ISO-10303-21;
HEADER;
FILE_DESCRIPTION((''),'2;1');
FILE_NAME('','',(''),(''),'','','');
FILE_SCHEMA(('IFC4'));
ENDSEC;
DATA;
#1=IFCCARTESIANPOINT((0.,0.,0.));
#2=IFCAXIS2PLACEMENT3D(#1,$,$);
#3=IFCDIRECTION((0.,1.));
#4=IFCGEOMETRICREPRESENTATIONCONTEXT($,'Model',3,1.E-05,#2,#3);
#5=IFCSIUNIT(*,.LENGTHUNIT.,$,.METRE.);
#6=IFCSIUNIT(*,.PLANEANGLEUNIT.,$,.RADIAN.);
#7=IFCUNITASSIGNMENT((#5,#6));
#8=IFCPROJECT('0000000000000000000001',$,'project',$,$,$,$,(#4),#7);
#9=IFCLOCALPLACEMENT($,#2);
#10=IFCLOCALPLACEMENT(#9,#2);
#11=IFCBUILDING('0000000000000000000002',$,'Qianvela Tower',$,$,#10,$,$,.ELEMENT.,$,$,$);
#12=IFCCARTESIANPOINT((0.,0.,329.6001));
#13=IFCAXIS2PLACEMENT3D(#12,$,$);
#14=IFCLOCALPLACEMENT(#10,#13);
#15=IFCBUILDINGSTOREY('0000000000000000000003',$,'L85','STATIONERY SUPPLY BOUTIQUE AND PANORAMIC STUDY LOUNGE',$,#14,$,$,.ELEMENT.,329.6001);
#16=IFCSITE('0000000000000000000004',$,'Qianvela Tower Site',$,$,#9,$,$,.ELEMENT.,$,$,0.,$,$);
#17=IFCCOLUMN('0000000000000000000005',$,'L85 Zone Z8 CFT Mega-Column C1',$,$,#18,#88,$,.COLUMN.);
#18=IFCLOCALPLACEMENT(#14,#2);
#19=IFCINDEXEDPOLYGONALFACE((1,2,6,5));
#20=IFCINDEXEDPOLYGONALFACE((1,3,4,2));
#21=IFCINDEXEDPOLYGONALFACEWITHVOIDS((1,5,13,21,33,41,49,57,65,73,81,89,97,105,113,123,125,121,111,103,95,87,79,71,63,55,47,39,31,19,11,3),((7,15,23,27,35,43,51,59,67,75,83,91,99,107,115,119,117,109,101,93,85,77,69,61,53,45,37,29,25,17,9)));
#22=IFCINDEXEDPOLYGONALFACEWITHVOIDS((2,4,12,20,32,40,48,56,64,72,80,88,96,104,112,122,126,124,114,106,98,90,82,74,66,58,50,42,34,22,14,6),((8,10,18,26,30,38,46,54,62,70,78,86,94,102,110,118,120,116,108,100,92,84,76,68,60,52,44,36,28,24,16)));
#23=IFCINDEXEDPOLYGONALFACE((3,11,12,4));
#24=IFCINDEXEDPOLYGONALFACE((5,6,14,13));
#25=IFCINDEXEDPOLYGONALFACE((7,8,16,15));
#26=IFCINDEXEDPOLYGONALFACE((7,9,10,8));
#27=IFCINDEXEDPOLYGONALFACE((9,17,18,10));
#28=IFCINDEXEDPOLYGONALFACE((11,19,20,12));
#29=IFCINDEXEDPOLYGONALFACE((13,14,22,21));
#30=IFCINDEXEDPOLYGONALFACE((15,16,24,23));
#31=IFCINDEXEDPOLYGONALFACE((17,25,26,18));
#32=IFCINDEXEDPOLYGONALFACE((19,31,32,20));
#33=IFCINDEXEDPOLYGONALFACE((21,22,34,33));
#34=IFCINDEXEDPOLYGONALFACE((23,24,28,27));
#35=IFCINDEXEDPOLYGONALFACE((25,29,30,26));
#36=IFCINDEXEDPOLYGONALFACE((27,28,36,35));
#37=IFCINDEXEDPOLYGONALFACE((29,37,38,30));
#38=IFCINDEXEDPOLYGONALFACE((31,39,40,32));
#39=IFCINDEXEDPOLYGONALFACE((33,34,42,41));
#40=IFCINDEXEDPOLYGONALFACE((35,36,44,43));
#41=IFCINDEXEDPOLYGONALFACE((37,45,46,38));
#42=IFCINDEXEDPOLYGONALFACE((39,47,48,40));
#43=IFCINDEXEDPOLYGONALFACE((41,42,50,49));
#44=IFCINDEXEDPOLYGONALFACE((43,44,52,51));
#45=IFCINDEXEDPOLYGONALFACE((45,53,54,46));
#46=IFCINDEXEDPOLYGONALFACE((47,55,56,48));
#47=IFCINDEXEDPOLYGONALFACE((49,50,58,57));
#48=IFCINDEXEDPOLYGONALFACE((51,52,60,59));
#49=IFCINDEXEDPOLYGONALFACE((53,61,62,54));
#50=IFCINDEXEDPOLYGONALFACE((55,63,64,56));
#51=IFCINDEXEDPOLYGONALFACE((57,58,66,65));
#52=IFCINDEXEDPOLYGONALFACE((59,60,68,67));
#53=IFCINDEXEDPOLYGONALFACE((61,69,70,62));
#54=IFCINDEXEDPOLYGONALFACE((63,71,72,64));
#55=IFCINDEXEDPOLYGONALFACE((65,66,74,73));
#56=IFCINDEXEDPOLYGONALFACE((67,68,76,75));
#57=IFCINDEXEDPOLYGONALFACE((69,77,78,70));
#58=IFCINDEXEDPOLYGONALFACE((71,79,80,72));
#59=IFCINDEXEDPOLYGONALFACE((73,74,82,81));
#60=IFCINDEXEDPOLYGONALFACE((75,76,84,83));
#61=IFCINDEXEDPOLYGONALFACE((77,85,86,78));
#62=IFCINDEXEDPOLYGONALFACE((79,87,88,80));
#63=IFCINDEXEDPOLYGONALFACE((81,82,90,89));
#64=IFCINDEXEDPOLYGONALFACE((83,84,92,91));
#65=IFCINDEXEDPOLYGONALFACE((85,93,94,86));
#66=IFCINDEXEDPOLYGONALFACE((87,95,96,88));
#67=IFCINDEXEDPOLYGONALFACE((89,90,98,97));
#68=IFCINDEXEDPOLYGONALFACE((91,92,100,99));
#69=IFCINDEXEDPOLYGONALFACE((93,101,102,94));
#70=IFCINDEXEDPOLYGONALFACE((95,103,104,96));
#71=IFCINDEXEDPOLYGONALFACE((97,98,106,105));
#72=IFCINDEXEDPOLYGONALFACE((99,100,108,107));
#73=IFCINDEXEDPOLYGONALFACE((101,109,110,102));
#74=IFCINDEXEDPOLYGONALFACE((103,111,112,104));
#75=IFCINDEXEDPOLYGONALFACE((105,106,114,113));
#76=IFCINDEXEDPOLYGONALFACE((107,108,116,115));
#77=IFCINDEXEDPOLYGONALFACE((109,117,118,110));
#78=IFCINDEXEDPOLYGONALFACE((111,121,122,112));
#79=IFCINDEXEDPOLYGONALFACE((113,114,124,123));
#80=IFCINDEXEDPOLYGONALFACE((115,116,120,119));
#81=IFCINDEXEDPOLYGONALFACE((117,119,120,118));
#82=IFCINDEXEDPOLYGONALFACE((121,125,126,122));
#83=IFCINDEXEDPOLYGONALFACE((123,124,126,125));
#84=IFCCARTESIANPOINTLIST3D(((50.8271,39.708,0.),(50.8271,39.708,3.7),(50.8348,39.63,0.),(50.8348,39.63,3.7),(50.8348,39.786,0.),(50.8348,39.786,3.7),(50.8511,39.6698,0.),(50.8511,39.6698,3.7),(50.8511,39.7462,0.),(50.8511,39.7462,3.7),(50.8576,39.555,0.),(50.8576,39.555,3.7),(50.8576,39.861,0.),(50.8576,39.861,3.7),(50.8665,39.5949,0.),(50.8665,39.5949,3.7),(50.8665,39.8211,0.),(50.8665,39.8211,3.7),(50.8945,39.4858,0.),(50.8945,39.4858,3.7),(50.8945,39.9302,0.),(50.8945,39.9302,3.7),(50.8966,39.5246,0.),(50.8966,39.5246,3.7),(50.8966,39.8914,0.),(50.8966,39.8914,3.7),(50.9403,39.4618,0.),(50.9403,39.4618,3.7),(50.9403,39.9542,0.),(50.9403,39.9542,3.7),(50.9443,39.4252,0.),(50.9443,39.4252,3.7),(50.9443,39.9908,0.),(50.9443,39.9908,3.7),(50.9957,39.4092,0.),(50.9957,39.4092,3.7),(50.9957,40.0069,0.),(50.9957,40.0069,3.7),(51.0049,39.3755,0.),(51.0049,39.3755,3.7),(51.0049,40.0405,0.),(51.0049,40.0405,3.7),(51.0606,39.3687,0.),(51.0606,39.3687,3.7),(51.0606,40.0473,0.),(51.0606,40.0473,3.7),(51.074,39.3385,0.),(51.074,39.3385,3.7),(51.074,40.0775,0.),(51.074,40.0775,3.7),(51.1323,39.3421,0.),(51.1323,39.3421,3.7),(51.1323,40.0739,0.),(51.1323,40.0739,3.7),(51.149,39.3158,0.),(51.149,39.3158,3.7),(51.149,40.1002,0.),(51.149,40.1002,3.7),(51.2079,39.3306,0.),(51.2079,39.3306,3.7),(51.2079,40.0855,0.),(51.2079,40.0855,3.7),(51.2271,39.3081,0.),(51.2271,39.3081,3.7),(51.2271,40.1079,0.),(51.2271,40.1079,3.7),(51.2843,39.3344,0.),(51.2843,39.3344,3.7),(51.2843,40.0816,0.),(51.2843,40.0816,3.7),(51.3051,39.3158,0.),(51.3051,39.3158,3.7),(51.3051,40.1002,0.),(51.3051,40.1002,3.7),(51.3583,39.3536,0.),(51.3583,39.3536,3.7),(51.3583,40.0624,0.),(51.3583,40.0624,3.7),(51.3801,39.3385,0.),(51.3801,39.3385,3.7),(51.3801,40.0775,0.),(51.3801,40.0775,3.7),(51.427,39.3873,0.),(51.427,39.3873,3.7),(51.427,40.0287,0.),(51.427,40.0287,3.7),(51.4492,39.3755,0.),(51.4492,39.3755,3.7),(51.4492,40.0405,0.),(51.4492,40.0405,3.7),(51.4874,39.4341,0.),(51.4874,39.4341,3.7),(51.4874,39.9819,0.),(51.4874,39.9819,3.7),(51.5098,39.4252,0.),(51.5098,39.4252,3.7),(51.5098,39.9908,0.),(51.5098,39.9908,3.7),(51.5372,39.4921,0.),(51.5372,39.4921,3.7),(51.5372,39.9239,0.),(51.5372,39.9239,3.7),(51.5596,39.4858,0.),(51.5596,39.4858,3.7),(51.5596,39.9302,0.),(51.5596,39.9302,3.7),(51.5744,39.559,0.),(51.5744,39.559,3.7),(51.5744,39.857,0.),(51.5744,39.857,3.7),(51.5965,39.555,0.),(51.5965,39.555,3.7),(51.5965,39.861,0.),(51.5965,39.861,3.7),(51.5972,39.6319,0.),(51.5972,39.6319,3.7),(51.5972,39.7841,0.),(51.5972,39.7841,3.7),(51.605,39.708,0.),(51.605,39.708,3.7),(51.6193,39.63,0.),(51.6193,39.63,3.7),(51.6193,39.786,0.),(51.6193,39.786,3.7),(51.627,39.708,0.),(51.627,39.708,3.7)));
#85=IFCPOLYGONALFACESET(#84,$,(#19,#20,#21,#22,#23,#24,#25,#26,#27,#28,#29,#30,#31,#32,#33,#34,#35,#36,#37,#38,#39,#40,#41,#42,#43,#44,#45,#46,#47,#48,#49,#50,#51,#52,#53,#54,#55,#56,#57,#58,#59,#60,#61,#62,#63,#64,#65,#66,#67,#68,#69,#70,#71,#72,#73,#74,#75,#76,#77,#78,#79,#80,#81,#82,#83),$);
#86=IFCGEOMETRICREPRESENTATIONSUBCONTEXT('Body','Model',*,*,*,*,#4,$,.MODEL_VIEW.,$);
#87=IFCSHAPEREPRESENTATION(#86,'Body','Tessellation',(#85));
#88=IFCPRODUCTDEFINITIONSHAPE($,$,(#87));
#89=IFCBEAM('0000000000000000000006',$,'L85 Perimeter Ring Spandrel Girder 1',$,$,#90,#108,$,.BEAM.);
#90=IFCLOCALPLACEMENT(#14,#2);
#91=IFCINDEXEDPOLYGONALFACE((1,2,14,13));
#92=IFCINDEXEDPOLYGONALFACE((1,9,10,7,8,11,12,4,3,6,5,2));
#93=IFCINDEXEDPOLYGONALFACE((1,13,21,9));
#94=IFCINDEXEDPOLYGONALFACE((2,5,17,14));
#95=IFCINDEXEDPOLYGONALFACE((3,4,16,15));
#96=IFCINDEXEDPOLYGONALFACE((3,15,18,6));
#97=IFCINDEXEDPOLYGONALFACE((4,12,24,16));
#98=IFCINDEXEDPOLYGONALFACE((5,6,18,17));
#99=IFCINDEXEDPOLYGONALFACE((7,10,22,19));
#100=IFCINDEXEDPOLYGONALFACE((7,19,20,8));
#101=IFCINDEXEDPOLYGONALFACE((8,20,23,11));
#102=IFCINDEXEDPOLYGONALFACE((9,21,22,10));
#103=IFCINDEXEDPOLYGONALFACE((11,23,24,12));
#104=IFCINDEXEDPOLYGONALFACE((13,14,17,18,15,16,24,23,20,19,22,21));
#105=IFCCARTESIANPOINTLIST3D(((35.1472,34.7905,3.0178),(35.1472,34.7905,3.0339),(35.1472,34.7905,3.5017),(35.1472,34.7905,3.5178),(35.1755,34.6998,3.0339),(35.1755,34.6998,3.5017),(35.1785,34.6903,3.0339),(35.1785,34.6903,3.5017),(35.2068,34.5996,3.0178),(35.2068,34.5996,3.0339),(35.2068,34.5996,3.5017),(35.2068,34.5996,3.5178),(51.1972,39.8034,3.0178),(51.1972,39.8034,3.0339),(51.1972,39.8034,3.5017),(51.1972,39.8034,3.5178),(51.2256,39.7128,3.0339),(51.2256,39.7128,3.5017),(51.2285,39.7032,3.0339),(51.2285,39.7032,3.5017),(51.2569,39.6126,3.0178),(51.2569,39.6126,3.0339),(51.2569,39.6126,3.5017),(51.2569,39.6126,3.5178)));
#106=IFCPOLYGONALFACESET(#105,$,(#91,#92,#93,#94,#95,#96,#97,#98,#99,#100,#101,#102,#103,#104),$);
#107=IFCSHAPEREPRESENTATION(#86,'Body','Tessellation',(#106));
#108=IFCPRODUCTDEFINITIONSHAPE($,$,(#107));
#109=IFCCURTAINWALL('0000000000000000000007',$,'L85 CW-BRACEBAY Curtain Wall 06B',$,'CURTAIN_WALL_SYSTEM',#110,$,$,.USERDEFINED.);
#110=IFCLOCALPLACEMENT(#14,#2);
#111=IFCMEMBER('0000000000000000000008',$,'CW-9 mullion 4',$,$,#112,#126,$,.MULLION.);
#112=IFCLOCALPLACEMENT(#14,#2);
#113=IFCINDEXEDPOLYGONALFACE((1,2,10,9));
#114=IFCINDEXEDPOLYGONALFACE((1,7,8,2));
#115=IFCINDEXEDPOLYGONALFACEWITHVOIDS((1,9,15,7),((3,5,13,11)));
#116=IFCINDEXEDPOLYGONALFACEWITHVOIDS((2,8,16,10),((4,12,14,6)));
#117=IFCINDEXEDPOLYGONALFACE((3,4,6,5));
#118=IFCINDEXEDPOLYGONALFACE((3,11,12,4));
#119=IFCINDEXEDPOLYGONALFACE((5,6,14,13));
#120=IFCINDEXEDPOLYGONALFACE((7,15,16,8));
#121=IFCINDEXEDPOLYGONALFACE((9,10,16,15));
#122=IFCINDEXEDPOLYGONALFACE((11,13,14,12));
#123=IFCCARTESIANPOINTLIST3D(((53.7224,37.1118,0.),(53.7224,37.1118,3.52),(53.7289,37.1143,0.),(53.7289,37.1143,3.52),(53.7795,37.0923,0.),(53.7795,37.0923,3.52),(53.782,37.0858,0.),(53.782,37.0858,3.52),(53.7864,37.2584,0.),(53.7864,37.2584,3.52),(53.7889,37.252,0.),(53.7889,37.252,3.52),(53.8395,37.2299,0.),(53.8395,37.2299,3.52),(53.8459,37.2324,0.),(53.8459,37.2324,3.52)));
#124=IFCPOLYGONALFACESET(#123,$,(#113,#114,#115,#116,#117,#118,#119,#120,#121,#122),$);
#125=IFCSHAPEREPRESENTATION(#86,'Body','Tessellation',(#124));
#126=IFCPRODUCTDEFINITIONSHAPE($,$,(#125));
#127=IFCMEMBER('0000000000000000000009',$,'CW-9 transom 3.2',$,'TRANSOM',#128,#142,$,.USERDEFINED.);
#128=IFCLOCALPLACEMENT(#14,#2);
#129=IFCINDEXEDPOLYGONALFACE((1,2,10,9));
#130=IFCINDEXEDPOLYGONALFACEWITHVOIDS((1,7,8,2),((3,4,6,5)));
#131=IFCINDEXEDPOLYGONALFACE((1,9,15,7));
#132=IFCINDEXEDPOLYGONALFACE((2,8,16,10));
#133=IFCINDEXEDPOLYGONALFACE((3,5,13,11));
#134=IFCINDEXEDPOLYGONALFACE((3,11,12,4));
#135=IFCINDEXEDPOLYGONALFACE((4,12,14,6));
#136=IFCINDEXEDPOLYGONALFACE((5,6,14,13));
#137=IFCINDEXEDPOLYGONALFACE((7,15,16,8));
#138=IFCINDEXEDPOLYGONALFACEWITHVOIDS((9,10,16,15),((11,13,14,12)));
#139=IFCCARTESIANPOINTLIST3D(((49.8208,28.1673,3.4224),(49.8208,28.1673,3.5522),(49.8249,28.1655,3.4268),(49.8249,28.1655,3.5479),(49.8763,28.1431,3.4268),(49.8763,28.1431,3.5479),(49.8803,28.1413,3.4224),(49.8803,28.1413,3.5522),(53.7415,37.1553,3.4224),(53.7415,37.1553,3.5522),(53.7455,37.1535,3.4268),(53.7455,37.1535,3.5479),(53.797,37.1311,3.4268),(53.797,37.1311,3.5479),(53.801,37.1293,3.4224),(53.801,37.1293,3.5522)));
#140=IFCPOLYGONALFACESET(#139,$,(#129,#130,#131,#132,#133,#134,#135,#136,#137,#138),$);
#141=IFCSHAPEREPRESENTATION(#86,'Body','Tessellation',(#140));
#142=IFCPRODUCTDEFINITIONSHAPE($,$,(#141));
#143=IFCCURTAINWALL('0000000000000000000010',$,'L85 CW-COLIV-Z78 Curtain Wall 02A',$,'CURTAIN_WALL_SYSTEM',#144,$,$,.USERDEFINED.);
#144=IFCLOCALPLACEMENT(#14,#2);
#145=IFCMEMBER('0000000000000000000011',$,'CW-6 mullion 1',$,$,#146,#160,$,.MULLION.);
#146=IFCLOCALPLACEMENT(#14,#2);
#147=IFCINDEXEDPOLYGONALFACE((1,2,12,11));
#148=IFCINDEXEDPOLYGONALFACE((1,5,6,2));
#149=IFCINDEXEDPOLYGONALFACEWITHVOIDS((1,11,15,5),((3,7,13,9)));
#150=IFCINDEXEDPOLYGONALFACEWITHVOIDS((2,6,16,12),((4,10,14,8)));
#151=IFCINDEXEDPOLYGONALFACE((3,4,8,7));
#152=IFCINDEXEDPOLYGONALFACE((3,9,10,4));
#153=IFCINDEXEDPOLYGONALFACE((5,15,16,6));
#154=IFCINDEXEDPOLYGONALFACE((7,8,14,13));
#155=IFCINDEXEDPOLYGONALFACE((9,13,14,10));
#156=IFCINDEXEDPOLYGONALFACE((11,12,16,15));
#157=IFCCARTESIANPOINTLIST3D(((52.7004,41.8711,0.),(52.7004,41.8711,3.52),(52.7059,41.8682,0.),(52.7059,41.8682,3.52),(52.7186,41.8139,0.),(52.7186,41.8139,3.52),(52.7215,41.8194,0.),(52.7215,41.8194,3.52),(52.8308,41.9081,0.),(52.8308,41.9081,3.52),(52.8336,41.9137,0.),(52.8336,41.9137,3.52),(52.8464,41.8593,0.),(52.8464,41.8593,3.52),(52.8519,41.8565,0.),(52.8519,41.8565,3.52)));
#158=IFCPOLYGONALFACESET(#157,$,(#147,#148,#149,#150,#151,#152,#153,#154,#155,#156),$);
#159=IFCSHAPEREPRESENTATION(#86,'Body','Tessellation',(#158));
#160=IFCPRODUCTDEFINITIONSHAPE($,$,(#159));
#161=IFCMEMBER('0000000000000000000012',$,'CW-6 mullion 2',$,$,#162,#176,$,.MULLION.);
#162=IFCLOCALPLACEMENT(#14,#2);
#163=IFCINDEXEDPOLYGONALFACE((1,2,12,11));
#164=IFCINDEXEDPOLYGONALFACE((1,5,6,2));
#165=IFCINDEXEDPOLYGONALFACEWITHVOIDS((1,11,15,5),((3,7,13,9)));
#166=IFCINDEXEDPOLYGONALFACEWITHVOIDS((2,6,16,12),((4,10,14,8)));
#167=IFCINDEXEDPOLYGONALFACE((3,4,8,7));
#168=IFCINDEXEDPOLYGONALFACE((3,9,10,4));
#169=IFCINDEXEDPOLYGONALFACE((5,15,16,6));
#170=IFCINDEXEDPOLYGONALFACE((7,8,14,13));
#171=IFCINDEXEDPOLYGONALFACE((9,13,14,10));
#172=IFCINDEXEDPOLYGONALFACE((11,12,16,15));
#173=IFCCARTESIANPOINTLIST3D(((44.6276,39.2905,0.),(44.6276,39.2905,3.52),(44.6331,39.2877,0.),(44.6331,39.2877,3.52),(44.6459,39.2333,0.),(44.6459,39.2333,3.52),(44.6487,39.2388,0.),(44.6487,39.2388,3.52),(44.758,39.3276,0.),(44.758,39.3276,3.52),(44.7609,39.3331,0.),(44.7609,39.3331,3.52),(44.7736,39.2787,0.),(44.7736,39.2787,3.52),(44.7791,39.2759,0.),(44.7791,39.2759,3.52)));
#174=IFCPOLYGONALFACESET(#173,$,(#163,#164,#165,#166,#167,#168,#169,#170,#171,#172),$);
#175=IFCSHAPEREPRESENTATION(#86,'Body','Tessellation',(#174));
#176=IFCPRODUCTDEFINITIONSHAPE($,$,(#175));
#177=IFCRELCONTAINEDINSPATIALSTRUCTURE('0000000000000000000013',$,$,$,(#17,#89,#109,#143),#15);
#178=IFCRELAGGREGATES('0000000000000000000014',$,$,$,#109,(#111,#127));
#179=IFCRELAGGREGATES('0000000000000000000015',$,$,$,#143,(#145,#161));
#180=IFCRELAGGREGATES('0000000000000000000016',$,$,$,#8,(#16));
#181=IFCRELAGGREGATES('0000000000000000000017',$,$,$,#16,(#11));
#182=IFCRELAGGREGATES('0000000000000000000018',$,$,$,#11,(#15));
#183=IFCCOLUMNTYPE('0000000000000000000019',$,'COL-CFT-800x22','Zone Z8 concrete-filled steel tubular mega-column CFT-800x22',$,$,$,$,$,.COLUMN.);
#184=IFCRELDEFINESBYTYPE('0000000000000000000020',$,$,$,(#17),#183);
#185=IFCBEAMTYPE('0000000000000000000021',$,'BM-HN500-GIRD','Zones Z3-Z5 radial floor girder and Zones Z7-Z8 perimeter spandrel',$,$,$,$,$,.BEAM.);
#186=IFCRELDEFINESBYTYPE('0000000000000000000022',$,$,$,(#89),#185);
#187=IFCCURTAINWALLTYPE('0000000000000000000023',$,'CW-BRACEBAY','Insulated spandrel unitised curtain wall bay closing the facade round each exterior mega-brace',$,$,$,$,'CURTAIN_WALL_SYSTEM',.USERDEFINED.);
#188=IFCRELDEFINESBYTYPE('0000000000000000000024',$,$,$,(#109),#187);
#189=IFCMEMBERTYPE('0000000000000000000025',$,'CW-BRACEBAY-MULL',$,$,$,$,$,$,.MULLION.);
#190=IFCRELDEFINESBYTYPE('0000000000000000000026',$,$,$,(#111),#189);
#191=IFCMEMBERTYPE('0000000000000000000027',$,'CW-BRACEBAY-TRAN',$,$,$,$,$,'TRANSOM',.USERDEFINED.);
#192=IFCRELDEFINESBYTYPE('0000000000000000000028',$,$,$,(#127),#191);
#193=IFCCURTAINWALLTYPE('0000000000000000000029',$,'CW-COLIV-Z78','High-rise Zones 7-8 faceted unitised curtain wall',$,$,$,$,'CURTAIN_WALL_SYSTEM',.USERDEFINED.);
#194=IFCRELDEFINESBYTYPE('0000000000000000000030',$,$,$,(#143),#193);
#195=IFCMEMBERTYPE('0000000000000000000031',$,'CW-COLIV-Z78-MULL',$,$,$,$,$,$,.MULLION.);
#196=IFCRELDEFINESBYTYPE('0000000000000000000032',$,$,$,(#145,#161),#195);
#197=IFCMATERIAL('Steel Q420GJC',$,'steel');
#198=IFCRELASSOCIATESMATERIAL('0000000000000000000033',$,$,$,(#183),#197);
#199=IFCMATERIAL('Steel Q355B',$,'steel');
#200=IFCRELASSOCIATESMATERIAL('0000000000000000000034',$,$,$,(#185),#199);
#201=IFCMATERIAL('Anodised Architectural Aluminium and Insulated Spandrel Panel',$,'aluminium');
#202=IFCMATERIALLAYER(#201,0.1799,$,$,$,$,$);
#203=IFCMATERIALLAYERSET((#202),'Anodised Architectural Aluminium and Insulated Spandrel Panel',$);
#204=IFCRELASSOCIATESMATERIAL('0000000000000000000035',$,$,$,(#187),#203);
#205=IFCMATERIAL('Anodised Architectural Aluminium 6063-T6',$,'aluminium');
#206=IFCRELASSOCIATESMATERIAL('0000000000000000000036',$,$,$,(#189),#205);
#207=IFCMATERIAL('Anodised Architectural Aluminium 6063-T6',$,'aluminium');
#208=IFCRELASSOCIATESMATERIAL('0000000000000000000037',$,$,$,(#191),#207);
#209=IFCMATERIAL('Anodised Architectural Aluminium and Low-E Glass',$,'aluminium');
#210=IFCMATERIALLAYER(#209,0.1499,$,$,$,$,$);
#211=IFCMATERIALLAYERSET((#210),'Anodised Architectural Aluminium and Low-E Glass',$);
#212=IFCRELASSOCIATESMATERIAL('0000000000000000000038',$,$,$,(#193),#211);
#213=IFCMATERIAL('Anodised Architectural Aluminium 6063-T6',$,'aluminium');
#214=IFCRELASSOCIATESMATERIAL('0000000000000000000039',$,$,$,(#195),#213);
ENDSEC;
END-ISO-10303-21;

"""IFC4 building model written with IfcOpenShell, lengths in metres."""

from ifc_helpers import new_model, si_unit, direction, frame, origin, origin_2d, place, context, subcontext, project, spatial, hollow_rectangle, hollow_circle, i_section, extrude, material, layer, layer_set, material_profile, profile_set, type_object, element, aggregate, save


model = new_model("IFC4")

# Units and contexts
model_context = context("Model", 3, precision=1e-05, world=origin(), true_north=direction((0.0, 1.0)))
body_context = subcontext(model_context, "Body", "Model", "MODEL_VIEW")
ifc_project = project(units=[si_unit("LENGTHUNIT", "METRE"), si_unit("PLANEANGLEUNIT", "RADIAN")], contexts=[model_context])

# Site, building, storey
site_placement = place(None, origin())
site = spatial("IfcSite", under=ifc_project, at=site_placement, Name="Qianvela Tower Site", CompositionType="ELEMENT", RefElevation=0.0)
building_placement = place(site_placement, origin())
building = spatial("IfcBuilding", under=site, at=building_placement, Name="Qianvela Tower", CompositionType="ELEMENT")
storey_placement = place(building_placement, frame((0.0, 0.0, 329.6001)))
storey = spatial("IfcBuildingStorey", under=building, at=storey_placement, Name="L85", Description="STATIONERY SUPPLY BOUTIQUE AND PANORAMIC STUDY LOUNGE", CompositionType="ELEMENT", Elevation=329.6001)

# Column
ifc_material_1 = material(Name="Steel Q420GJC", Category="steel")
ifc_material_profile_1 = material_profile(ifc_material_1, hollow_circle(Radius=0.3999, WallThickness=0.022, at=origin_2d()), Name="CFT-800x22")
ifc_profile_set_1 = profile_set([ifc_material_profile_1], Name="Steel Q420GJC")
column_type = type_object("IfcColumnType", Name="COL-CFT-800x22", Description="Zone Z8 concrete-filled steel tubular mega-column CFT-800x22", PredefinedType="COLUMN", material=ifc_profile_set_1)
column_placement = place(storey_placement, frame((51.2271, 39.708, 0.0), z_axis=(0.0, 0.0, 1.0), x_axis=(1.0, 0.0, 0.0)))
element("IfcColumn", 1, at=column_placement, inside=storey, type_object=column_type, Name="L85 Zone Z8 CFT Mega-Column C1", PredefinedType="COLUMN", context=body_context, shape_type="SweptSolid", body=[
    extrude(hollow_circle(Radius=0.3999, WallThickness=0.022, at=origin_2d()), origin(), (0.0, 0.0, 1.0), 3.7),
])

# Beam
ifc_material_2 = material(Name="Steel Q355B", Category="steel")
ifc_material_profile_2 = material_profile(ifc_material_2, i_section(OverallWidth=0.2, OverallDepth=0.5, WebThickness=0.01, FlangeThickness=0.0161, at=origin_2d()), Name="HN500x200x10x16")
ifc_profile_set_2 = profile_set([ifc_material_profile_2], Name="Steel Q355B")
beam_type = type_object("IfcBeamType", Name="BM-HN500-GIRD", Description="Zones Z3-Z5 radial floor girder and Zones Z7-Z8 perimeter spandrel", PredefinedType="BEAM", material=ifc_profile_set_2)
beam_placement = place(storey_placement, frame((51.2271, 39.708, 3.2678), z_axis=(-0.954526, -0.298129, 0.0), x_axis=(0.298129, -0.954526, 0.0)))
element("IfcBeam", 2, at=beam_placement, inside=storey, type_object=beam_type, Name="L85 Perimeter Ring Spandrel Girder 1", PredefinedType="BEAM", context=body_context, shape_type="SweptSolid", body=[
    extrude(i_section(OverallWidth=0.2, OverallDepth=0.5, WebThickness=0.01, FlangeThickness=0.0161, at=origin_2d()), origin(), (0.0, 0.0, 1.0), 16.8147),
])

# Curtain walls, members
ifc_material_3 = material(Name="Anodised Architectural Aluminium and Insulated Spandrel Panel", Category="aluminium")
ifc_layer_1 = layer(ifc_material_3, 0.1799)
ifc_layer_set_1 = layer_set([ifc_layer_1], Name="Anodised Architectural Aluminium and Insulated Spandrel Panel")
curtain_wall_type_1 = type_object("IfcCurtainWallType", Name="CW-BRACEBAY", Description="Insulated spandrel unitised curtain wall bay closing the facade round each exterior mega-brace", ElementType="CURTAIN_WALL_SYSTEM", PredefinedType="USERDEFINED", material=ifc_layer_set_1)
curtain_wall_1_placement = place(storey_placement, origin())
curtain_wall_1 = element("IfcCurtainWall", 3, at=curtain_wall_1_placement, inside=storey, type_object=curtain_wall_type_1, Name="L85 CW-BRACEBAY Curtain Wall 06B", ObjectType="CURTAIN_WALL_SYSTEM", PredefinedType="USERDEFINED")
ifc_material_4 = material(Name="Anodised Architectural Aluminium 6063-T6", Category="aluminium")
ifc_material_profile_3 = material_profile(ifc_material_4, hollow_rectangle(XDim=0.0649, YDim=0.1599, WallThickness=0.0049, at=origin_2d()), Name="ALU-MULL-65x160")
ifc_profile_set_3 = profile_set([ifc_material_profile_3], Name="Anodised Architectural Aluminium 6063-T6")
member_type_1 = type_object("IfcMemberType", Name="CW-BRACEBAY-MULL", PredefinedType="MULLION", material=ifc_profile_set_3)
member_1_placement = place(storey_placement, frame((53.7842, 37.1721, 0.0), z_axis=(0.0, 0.0, 1.0), x_axis=(-0.916593, 0.399821, 0.0)))
member_1 = element("IfcMember", 4, at=member_1_placement, type_object=member_type_1, Name="CW-9 mullion 4", PredefinedType="MULLION", context=body_context, shape_type="SweptSolid", body=[
    extrude(hollow_rectangle(XDim=0.0649, YDim=0.1599, WallThickness=0.0049, at=origin_2d()), origin(), (0.0, 0.0, 1.0), 3.52),
])
ifc_material_5 = material(Name="Anodised Architectural Aluminium 6063-T6", Category="aluminium")
ifc_material_profile_4 = material_profile(ifc_material_5, hollow_rectangle(XDim=0.0649, YDim=0.1299, WallThickness=0.0044, at=origin_2d()), Name="ALU-TRAN-65x130")
ifc_profile_set_4 = profile_set([ifc_material_profile_4], Name="Anodised Architectural Aluminium 6063-T6")
member_type_2 = type_object("IfcMemberType", Name="CW-BRACEBAY-TRAN", ElementType="TRANSOM", PredefinedType="USERDEFINED", material=ifc_profile_set_4)
member_2_placement = place(storey_placement, frame((49.8506, 28.1543, 3.4873), z_axis=(0.399825, 0.916592, 0.0), x_axis=(-0.916592, 0.399825, 0.0)))
member_2 = element("IfcMember", 5, at=member_2_placement, type_object=member_type_2, Name="CW-9 transom 3.2", ObjectType="TRANSOM", PredefinedType="USERDEFINED", context=body_context, shape_type="SweptSolid", body=[
    extrude(hollow_rectangle(XDim=0.0649, YDim=0.1299, WallThickness=0.0044, at=origin_2d()), origin(), (0.0, 0.0, 1.0), 9.8059),
])
ifc_material_6 = material(Name="Anodised Architectural Aluminium and Low-E Glass", Category="aluminium")
ifc_layer_2 = layer(ifc_material_6, 0.1499)
ifc_layer_set_2 = layer_set([ifc_layer_2], Name="Anodised Architectural Aluminium and Low-E Glass")
curtain_wall_type_2 = type_object("IfcCurtainWallType", Name="CW-COLIV-Z78", Description="High-rise Zones 7-8 faceted unitised curtain wall", ElementType="CURTAIN_WALL_SYSTEM", PredefinedType="USERDEFINED", material=ifc_layer_set_2)
curtain_wall_2_placement = place(storey_placement, origin())
curtain_wall_2 = element("IfcCurtainWall", 6, at=curtain_wall_2_placement, inside=storey, type_object=curtain_wall_type_2, Name="L85 CW-COLIV-Z78 Curtain Wall 02A", ObjectType="CURTAIN_WALL_SYSTEM", PredefinedType="USERDEFINED")
ifc_material_7 = material(Name="Anodised Architectural Aluminium 6063-T6", Category="aluminium")
ifc_material_profile_5 = material_profile(ifc_material_7, hollow_rectangle(XDim=0.0601, YDim=0.1399, WallThickness=0.0044, at=origin_2d()), Name="ALU-MULL-60x140")
ifc_profile_set_5 = profile_set([ifc_material_profile_5], Name="Anodised Architectural Aluminium 6063-T6")
member_type_3 = type_object("IfcMemberType", Name="CW-COLIV-Z78-MULL", PredefinedType="MULLION", material=ifc_profile_set_5)
member_3_placement = place(storey_placement, frame((52.7761, 41.8638, 0.0), z_axis=(0.0, 0.0, 1.0), x_axis=(0.304484, -0.952517, 0.0)))
member_3 = element("IfcMember", 7, at=member_3_placement, type_object=member_type_3, Name="CW-6 mullion 1", PredefinedType="MULLION", context=body_context, shape_type="SweptSolid", body=[
    extrude(hollow_rectangle(XDim=0.0601, YDim=0.1399, WallThickness=0.0044, at=origin_2d()), origin(), (0.0, 0.0, 1.0), 3.52),
])
member_4_placement = place(storey_placement, frame((44.7034, 39.2832, 0.0), z_axis=(0.0, 0.0, 1.0), x_axis=(0.304484, -0.952517, 0.0)))
member_4 = element("IfcMember", 8, at=member_4_placement, type_object=member_type_3, Name="CW-6 mullion 2", PredefinedType="MULLION", context=body_context, shape_type="SweptSolid", body=[
    extrude(hollow_rectangle(XDim=0.0601, YDim=0.1399, WallThickness=0.0044, at=origin_2d()), origin(), (0.0, 0.0, 1.0), 3.52),
])

aggregate(curtain_wall_1, [member_1, member_2])
aggregate(curtain_wall_2, [member_3, member_4])

save(model, "model.ifc")
